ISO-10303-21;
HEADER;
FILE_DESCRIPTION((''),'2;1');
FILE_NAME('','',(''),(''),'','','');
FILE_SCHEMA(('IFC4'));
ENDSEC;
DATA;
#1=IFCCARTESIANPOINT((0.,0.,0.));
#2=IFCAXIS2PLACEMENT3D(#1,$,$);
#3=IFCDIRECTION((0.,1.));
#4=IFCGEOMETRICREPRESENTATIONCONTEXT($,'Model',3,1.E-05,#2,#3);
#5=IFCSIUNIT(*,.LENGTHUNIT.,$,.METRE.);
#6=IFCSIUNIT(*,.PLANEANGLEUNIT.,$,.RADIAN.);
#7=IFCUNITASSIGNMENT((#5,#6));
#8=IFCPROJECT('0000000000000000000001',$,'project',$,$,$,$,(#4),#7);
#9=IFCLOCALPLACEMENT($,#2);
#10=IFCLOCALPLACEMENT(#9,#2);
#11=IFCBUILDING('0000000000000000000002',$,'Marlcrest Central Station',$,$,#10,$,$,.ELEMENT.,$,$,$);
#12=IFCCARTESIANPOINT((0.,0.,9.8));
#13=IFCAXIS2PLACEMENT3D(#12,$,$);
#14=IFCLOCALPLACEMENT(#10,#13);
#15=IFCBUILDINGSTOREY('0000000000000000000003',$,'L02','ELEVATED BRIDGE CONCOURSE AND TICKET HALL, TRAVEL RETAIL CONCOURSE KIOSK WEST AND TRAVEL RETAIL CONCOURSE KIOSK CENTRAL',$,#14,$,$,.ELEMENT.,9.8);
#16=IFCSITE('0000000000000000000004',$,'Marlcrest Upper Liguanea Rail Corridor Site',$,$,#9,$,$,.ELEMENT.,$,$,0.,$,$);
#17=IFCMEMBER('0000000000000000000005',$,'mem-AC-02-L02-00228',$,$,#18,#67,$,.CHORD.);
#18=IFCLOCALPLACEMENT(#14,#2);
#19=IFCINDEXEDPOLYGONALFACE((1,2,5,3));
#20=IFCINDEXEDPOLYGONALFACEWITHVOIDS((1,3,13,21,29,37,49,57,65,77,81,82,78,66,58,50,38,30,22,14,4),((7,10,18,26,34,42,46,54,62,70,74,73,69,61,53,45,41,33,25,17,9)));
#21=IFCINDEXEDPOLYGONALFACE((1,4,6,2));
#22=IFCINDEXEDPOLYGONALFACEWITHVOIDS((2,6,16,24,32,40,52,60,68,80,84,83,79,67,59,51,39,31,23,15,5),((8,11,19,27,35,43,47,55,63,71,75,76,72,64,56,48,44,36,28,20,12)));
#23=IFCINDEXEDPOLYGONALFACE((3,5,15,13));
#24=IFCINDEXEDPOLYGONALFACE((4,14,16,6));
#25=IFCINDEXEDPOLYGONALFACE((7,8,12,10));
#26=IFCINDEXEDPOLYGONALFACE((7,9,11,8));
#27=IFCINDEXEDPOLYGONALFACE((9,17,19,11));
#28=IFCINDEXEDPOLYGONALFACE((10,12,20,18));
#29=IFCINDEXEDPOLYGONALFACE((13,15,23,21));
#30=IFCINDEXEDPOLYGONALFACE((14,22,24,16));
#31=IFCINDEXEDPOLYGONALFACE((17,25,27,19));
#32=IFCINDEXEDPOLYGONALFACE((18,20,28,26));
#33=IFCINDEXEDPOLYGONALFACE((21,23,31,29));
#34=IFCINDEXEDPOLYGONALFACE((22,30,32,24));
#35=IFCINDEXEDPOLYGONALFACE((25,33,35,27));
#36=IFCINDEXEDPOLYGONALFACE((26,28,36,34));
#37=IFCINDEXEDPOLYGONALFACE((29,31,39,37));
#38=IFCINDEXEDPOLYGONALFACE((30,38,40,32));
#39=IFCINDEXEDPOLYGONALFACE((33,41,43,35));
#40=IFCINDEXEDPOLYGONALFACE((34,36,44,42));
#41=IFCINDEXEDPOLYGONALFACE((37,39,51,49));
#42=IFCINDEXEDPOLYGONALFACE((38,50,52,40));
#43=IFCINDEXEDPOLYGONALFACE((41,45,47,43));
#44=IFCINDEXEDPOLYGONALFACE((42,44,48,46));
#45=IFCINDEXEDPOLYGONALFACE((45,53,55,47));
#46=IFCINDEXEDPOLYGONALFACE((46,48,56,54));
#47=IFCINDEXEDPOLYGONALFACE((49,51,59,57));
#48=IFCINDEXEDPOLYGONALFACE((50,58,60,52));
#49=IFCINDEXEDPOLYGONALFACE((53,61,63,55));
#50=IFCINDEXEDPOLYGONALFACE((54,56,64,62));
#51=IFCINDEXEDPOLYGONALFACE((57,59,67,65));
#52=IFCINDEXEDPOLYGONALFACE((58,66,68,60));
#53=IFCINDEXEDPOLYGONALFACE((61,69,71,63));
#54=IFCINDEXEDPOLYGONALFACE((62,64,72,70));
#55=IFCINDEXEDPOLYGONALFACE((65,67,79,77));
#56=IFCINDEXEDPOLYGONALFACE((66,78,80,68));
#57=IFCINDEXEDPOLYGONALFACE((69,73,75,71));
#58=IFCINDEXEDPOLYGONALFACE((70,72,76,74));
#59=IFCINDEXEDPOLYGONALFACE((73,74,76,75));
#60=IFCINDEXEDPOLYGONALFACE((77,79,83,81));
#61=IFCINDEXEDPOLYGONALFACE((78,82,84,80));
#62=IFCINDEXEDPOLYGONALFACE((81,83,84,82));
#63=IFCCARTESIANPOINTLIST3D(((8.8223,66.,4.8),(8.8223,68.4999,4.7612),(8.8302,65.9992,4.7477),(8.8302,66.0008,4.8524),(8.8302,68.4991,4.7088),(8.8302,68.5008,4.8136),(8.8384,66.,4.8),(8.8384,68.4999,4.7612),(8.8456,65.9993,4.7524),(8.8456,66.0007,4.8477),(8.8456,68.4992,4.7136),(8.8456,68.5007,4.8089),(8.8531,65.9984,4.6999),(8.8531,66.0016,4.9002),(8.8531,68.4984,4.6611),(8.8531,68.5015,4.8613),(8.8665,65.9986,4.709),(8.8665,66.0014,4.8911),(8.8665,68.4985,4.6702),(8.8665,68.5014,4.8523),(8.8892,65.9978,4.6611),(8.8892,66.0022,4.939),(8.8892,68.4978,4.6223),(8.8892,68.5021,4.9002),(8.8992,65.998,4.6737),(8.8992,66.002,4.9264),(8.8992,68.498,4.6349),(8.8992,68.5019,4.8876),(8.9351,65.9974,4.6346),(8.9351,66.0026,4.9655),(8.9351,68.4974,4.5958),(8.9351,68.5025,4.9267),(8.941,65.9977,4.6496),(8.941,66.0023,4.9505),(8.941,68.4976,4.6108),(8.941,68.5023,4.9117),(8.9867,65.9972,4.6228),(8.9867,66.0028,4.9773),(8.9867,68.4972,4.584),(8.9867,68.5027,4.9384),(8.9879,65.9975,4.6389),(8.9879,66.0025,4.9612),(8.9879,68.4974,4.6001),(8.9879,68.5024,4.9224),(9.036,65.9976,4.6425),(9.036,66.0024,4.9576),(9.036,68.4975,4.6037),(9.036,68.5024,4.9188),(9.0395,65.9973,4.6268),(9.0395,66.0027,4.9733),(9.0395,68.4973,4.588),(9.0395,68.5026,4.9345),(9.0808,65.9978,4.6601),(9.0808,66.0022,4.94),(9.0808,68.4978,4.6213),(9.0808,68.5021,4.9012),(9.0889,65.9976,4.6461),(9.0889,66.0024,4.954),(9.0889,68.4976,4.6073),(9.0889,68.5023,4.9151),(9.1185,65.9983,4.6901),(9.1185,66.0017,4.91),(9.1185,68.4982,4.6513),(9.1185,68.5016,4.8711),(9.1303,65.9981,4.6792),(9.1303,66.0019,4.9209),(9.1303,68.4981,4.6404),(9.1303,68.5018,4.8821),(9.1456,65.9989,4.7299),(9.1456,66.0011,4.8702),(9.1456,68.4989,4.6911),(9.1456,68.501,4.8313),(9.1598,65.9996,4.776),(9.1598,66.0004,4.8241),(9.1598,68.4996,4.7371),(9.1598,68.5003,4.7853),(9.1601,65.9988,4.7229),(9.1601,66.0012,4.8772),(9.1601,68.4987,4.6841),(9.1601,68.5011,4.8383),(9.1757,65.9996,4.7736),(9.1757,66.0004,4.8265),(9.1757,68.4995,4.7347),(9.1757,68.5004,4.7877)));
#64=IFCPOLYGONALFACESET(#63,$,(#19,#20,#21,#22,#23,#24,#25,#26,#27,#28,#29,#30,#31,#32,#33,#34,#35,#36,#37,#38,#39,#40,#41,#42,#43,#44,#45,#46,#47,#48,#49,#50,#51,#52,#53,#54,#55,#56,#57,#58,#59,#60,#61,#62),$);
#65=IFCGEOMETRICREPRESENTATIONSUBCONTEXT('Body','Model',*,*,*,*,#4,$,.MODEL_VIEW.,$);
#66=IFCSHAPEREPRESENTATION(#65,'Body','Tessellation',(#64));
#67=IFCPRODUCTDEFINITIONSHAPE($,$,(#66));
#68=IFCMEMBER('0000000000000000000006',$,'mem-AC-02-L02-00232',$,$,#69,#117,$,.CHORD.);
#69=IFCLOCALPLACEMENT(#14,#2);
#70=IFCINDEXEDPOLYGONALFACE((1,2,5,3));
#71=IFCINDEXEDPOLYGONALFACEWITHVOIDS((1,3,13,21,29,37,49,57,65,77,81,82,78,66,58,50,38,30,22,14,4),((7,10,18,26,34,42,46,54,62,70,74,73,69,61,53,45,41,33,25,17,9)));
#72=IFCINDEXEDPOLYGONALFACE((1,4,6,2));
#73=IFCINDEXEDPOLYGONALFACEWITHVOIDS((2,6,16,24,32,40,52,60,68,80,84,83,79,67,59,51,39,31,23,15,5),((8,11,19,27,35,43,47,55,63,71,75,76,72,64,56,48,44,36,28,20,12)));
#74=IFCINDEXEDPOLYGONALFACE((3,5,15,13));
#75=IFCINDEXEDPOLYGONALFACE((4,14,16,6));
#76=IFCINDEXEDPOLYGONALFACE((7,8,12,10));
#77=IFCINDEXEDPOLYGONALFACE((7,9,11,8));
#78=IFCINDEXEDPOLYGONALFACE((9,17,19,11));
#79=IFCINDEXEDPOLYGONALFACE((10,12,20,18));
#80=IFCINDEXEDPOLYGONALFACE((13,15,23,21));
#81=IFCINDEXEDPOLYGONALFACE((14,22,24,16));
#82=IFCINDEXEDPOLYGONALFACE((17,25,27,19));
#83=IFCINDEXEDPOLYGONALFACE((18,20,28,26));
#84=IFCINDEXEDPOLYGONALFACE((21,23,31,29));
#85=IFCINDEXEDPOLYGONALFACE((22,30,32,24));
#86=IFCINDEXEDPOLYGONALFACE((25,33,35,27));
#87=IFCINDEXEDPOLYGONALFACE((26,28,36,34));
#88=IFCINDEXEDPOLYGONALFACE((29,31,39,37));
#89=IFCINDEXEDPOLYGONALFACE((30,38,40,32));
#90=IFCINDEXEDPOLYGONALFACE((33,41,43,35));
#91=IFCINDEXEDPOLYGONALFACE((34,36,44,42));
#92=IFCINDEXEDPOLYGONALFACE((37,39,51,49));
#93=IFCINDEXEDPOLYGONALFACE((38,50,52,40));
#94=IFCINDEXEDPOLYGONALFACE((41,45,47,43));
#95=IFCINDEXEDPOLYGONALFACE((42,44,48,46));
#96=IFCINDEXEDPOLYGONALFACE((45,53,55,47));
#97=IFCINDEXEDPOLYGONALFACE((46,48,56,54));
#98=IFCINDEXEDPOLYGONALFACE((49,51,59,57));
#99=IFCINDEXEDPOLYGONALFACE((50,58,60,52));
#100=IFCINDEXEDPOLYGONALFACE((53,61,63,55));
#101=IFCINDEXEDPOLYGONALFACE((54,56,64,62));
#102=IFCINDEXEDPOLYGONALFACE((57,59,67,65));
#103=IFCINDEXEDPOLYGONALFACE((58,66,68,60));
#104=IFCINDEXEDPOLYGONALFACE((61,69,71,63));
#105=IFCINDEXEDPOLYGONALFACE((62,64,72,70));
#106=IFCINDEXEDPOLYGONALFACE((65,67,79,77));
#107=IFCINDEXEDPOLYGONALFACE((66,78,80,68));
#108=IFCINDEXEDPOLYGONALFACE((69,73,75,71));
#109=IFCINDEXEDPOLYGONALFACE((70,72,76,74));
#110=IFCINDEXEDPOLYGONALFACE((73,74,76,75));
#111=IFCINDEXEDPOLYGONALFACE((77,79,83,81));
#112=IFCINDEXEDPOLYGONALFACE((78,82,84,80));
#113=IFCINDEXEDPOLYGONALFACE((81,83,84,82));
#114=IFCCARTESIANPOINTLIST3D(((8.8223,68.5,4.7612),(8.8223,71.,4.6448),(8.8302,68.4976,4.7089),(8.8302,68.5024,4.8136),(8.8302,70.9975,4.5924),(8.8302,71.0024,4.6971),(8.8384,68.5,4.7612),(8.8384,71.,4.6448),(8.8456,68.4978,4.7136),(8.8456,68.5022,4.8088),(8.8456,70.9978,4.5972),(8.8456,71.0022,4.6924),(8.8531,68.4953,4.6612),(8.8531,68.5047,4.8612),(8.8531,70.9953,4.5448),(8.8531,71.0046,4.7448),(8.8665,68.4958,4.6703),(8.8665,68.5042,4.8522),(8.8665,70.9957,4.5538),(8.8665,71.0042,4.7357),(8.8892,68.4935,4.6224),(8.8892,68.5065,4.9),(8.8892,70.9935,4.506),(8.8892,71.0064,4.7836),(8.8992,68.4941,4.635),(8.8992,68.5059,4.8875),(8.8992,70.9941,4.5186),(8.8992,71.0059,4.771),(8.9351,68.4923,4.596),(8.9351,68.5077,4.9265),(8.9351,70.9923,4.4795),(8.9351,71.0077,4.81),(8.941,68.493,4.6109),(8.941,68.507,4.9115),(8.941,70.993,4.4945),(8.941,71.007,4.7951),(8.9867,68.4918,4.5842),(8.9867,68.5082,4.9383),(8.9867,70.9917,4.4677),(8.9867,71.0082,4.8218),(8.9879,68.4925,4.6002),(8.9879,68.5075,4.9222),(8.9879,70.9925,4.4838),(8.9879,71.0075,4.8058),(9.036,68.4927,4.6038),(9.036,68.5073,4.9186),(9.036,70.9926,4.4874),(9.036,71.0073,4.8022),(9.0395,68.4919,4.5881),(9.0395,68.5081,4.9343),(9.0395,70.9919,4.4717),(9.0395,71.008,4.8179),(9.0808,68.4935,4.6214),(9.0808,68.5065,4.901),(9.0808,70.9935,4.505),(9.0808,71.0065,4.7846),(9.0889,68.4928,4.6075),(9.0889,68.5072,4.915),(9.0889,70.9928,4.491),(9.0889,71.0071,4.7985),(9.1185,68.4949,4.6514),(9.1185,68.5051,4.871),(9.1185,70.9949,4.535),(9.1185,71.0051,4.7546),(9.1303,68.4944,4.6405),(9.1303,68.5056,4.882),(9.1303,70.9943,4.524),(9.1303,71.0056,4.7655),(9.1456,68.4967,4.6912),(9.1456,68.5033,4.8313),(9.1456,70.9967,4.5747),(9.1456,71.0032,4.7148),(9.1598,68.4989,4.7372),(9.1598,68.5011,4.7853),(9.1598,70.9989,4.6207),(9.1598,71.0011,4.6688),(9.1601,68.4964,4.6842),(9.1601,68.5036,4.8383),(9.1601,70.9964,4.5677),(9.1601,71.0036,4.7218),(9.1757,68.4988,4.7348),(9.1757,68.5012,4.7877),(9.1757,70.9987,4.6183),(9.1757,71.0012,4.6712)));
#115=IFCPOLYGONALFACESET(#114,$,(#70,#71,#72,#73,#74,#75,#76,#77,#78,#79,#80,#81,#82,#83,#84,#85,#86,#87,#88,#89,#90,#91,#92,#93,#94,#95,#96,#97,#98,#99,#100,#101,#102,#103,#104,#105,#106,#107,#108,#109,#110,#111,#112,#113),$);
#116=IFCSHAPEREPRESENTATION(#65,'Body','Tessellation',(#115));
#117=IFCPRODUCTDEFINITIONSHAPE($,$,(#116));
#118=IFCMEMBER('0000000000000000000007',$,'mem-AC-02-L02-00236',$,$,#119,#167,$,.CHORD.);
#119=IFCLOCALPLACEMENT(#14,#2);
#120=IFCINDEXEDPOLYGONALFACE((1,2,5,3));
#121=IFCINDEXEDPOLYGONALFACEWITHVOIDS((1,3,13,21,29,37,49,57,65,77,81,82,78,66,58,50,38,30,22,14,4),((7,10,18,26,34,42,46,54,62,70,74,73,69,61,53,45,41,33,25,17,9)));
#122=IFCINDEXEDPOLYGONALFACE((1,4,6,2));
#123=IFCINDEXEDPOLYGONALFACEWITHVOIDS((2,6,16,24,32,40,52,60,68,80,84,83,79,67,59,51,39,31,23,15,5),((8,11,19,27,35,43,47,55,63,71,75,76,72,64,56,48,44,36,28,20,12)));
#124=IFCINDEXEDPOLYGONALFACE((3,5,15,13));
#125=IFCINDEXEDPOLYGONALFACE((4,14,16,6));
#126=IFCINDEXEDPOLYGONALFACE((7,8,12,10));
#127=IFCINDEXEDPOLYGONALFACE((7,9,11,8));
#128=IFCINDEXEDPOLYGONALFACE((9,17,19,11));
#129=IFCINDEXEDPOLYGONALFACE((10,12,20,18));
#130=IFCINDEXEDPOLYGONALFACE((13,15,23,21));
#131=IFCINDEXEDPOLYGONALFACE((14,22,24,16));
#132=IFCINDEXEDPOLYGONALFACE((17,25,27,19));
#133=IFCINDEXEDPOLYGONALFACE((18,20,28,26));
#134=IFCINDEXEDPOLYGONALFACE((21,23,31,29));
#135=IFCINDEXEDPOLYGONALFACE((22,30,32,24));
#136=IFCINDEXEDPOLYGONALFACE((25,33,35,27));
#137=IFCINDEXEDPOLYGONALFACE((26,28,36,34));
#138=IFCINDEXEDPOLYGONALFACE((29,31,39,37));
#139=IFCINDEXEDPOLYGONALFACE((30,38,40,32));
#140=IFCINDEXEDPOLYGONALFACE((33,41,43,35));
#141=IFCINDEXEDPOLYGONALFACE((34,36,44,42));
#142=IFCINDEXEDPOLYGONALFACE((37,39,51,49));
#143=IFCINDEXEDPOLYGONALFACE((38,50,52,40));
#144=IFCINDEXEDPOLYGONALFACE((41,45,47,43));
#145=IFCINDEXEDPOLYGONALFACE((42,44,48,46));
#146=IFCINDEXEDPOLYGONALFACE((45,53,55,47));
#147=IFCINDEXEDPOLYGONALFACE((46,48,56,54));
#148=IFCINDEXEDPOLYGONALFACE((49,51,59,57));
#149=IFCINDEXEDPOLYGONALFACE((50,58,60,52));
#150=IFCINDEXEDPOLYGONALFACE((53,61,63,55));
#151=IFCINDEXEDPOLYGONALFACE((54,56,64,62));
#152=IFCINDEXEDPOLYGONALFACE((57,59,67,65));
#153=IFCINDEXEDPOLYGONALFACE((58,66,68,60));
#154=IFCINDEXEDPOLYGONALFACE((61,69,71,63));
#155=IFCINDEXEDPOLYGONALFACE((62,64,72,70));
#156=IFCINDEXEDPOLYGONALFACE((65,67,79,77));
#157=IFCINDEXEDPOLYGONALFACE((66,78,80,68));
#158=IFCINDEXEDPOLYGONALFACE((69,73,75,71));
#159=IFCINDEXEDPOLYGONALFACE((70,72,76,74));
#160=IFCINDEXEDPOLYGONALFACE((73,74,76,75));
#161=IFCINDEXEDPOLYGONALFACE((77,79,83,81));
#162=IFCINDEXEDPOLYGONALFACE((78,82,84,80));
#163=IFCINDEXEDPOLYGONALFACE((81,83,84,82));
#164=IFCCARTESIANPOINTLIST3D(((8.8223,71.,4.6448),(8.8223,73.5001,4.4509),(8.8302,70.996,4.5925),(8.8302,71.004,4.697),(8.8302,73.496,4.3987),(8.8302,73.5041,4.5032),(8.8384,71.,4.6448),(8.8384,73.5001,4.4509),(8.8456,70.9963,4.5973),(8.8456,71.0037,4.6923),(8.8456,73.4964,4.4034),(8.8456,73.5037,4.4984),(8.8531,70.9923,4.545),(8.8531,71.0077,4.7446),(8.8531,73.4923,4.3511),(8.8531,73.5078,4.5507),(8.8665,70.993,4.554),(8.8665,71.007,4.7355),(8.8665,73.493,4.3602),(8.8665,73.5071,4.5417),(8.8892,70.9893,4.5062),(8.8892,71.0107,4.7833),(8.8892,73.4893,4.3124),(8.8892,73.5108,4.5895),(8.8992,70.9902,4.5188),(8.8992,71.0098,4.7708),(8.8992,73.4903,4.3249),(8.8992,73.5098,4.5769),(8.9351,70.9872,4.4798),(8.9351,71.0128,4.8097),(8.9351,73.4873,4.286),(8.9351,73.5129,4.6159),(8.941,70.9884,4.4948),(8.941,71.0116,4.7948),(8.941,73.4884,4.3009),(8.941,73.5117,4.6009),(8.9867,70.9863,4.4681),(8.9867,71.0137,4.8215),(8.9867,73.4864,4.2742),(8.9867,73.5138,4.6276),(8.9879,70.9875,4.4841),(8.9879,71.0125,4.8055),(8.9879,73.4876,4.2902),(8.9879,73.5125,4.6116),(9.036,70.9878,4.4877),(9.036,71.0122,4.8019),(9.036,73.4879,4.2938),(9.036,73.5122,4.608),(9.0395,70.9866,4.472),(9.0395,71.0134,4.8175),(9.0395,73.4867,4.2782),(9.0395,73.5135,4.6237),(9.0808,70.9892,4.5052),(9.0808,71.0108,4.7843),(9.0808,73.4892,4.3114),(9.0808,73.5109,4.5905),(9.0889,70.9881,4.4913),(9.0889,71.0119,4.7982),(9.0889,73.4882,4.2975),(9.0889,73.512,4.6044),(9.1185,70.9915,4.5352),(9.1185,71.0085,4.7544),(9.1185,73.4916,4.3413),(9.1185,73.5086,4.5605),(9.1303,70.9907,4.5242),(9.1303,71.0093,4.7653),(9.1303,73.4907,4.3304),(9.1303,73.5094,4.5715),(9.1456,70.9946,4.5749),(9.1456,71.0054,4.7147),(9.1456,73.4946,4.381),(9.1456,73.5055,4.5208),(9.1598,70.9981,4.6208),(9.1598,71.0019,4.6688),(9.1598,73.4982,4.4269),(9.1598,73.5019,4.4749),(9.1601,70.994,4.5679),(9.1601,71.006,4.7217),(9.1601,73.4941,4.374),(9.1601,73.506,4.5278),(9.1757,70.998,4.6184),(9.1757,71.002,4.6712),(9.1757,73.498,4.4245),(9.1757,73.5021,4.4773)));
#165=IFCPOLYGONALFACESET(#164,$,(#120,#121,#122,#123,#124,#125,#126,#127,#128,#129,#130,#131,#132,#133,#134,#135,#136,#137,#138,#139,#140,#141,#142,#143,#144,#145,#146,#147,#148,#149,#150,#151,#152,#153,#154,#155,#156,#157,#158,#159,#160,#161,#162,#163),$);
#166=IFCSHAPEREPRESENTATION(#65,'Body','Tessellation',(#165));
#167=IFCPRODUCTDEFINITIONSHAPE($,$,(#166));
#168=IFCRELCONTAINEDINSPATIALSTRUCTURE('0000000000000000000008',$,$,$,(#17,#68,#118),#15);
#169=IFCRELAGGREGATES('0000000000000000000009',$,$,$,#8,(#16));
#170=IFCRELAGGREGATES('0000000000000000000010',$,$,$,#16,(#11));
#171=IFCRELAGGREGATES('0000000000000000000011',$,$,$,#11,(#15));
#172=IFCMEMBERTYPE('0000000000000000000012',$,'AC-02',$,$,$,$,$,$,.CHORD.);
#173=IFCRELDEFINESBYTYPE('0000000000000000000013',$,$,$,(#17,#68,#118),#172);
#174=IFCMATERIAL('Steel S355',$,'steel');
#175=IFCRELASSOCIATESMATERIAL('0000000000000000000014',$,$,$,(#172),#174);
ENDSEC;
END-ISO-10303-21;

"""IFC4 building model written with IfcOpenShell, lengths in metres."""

from ifc_helpers import new_model, si_unit, direction, frame, origin, origin_2d, place, context, subcontext, project, spatial, hollow_circle, extrude, material, material_profile, profile_set, type_object, element, save


model = new_model("IFC4")

# Units and contexts
model_context = context("Model", 3, precision=1e-05, world=origin(), true_north=direction((0.0, 1.0)))
body_context = subcontext(model_context, "Body", "Model", "MODEL_VIEW")
ifc_project = project(units=[si_unit("LENGTHUNIT", "METRE"), si_unit("PLANEANGLEUNIT", "RADIAN")], contexts=[model_context])

# Site, building, storey
site_placement = place(None, origin())
site = spatial("IfcSite", under=ifc_project, at=site_placement, Name="Marlcrest Upper Liguanea Rail Corridor Site", CompositionType="ELEMENT", RefElevation=0.0)
building_placement = place(site_placement, origin())
building = spatial("IfcBuilding", under=site, at=building_placement, Name="Marlcrest Central Station", CompositionType="ELEMENT")
storey_placement = place(building_placement, frame((0.0, 0.0, 9.8)))
storey = spatial("IfcBuildingStorey", under=building, at=storey_placement, Name="L02", Description="ELEVATED BRIDGE CONCOURSE AND TICKET HALL, TRAVEL RETAIL CONCOURSE KIOSK WEST AND TRAVEL RETAIL CONCOURSE KIOSK CENTRAL", CompositionType="ELEMENT", Elevation=9.8)

# Members
ifc_material = material(Name="Steel S355", Category="steel")
ifc_material_profile_1 = material_profile(ifc_material, hollow_circle(Radius=0.1777, WallThickness=0.0161, at=origin_2d()), Name="CHS 355.6x16")
ifc_profile_set_1 = profile_set([ifc_material_profile_1], Name="Steel S355")
member_type_1 = type_object("IfcMemberType", Name="AC-02", PredefinedType="CHORD", material=ifc_profile_set_1)
member_1_placement = place(storey_placement, frame((9.0, 66.0, 4.8), z_axis=(0.0, 0.999879, -0.015525), x_axis=(-1.0, 0.0, 0.0)))
element("IfcMember", 1, at=member_1_placement, inside=storey, type_object=member_type_1, Name="mem-AC-02-L02-00228", PredefinedType="CHORD", context=body_context, shape_type="SweptSolid", body=[
    extrude(hollow_circle(Radius=0.1777, WallThickness=0.0161, at=origin_2d()), origin(), (0.0, 0.0, 1.0), 2.5002),
])
member_2_placement = place(storey_placement, frame((9.0, 68.5, 4.7612), z_axis=(0.0, 0.998917, -0.046532), x_axis=(-1.0, 0.0, 0.0)))
element("IfcMember", 2, at=member_2_placement, inside=storey, type_object=member_type_1, Name="mem-AC-02-L02-00232", PredefinedType="CHORD", context=body_context, shape_type="SweptSolid", body=[
    extrude(hollow_circle(Radius=0.1777, WallThickness=0.0161, at=origin_2d()), origin(), (0.0, 0.0, 1.0), 2.5027),
])
member_3_placement = place(storey_placement, frame((9.0, 71.0, 4.6448), z_axis=(0.0, 0.997007, -0.077307), x_axis=(-1.0, 0.0, 0.0)))
element("IfcMember", 3, at=member_3_placement, inside=storey, type_object=member_type_1, Name="mem-AC-02-L02-00236", PredefinedType="CHORD", context=body_context, shape_type="SweptSolid", body=[
    extrude(hollow_circle(Radius=0.1777, WallThickness=0.0161, at=origin_2d()), origin(), (0.0, 0.0, 1.0), 2.5076),
])

save(model, "model.ifc")
